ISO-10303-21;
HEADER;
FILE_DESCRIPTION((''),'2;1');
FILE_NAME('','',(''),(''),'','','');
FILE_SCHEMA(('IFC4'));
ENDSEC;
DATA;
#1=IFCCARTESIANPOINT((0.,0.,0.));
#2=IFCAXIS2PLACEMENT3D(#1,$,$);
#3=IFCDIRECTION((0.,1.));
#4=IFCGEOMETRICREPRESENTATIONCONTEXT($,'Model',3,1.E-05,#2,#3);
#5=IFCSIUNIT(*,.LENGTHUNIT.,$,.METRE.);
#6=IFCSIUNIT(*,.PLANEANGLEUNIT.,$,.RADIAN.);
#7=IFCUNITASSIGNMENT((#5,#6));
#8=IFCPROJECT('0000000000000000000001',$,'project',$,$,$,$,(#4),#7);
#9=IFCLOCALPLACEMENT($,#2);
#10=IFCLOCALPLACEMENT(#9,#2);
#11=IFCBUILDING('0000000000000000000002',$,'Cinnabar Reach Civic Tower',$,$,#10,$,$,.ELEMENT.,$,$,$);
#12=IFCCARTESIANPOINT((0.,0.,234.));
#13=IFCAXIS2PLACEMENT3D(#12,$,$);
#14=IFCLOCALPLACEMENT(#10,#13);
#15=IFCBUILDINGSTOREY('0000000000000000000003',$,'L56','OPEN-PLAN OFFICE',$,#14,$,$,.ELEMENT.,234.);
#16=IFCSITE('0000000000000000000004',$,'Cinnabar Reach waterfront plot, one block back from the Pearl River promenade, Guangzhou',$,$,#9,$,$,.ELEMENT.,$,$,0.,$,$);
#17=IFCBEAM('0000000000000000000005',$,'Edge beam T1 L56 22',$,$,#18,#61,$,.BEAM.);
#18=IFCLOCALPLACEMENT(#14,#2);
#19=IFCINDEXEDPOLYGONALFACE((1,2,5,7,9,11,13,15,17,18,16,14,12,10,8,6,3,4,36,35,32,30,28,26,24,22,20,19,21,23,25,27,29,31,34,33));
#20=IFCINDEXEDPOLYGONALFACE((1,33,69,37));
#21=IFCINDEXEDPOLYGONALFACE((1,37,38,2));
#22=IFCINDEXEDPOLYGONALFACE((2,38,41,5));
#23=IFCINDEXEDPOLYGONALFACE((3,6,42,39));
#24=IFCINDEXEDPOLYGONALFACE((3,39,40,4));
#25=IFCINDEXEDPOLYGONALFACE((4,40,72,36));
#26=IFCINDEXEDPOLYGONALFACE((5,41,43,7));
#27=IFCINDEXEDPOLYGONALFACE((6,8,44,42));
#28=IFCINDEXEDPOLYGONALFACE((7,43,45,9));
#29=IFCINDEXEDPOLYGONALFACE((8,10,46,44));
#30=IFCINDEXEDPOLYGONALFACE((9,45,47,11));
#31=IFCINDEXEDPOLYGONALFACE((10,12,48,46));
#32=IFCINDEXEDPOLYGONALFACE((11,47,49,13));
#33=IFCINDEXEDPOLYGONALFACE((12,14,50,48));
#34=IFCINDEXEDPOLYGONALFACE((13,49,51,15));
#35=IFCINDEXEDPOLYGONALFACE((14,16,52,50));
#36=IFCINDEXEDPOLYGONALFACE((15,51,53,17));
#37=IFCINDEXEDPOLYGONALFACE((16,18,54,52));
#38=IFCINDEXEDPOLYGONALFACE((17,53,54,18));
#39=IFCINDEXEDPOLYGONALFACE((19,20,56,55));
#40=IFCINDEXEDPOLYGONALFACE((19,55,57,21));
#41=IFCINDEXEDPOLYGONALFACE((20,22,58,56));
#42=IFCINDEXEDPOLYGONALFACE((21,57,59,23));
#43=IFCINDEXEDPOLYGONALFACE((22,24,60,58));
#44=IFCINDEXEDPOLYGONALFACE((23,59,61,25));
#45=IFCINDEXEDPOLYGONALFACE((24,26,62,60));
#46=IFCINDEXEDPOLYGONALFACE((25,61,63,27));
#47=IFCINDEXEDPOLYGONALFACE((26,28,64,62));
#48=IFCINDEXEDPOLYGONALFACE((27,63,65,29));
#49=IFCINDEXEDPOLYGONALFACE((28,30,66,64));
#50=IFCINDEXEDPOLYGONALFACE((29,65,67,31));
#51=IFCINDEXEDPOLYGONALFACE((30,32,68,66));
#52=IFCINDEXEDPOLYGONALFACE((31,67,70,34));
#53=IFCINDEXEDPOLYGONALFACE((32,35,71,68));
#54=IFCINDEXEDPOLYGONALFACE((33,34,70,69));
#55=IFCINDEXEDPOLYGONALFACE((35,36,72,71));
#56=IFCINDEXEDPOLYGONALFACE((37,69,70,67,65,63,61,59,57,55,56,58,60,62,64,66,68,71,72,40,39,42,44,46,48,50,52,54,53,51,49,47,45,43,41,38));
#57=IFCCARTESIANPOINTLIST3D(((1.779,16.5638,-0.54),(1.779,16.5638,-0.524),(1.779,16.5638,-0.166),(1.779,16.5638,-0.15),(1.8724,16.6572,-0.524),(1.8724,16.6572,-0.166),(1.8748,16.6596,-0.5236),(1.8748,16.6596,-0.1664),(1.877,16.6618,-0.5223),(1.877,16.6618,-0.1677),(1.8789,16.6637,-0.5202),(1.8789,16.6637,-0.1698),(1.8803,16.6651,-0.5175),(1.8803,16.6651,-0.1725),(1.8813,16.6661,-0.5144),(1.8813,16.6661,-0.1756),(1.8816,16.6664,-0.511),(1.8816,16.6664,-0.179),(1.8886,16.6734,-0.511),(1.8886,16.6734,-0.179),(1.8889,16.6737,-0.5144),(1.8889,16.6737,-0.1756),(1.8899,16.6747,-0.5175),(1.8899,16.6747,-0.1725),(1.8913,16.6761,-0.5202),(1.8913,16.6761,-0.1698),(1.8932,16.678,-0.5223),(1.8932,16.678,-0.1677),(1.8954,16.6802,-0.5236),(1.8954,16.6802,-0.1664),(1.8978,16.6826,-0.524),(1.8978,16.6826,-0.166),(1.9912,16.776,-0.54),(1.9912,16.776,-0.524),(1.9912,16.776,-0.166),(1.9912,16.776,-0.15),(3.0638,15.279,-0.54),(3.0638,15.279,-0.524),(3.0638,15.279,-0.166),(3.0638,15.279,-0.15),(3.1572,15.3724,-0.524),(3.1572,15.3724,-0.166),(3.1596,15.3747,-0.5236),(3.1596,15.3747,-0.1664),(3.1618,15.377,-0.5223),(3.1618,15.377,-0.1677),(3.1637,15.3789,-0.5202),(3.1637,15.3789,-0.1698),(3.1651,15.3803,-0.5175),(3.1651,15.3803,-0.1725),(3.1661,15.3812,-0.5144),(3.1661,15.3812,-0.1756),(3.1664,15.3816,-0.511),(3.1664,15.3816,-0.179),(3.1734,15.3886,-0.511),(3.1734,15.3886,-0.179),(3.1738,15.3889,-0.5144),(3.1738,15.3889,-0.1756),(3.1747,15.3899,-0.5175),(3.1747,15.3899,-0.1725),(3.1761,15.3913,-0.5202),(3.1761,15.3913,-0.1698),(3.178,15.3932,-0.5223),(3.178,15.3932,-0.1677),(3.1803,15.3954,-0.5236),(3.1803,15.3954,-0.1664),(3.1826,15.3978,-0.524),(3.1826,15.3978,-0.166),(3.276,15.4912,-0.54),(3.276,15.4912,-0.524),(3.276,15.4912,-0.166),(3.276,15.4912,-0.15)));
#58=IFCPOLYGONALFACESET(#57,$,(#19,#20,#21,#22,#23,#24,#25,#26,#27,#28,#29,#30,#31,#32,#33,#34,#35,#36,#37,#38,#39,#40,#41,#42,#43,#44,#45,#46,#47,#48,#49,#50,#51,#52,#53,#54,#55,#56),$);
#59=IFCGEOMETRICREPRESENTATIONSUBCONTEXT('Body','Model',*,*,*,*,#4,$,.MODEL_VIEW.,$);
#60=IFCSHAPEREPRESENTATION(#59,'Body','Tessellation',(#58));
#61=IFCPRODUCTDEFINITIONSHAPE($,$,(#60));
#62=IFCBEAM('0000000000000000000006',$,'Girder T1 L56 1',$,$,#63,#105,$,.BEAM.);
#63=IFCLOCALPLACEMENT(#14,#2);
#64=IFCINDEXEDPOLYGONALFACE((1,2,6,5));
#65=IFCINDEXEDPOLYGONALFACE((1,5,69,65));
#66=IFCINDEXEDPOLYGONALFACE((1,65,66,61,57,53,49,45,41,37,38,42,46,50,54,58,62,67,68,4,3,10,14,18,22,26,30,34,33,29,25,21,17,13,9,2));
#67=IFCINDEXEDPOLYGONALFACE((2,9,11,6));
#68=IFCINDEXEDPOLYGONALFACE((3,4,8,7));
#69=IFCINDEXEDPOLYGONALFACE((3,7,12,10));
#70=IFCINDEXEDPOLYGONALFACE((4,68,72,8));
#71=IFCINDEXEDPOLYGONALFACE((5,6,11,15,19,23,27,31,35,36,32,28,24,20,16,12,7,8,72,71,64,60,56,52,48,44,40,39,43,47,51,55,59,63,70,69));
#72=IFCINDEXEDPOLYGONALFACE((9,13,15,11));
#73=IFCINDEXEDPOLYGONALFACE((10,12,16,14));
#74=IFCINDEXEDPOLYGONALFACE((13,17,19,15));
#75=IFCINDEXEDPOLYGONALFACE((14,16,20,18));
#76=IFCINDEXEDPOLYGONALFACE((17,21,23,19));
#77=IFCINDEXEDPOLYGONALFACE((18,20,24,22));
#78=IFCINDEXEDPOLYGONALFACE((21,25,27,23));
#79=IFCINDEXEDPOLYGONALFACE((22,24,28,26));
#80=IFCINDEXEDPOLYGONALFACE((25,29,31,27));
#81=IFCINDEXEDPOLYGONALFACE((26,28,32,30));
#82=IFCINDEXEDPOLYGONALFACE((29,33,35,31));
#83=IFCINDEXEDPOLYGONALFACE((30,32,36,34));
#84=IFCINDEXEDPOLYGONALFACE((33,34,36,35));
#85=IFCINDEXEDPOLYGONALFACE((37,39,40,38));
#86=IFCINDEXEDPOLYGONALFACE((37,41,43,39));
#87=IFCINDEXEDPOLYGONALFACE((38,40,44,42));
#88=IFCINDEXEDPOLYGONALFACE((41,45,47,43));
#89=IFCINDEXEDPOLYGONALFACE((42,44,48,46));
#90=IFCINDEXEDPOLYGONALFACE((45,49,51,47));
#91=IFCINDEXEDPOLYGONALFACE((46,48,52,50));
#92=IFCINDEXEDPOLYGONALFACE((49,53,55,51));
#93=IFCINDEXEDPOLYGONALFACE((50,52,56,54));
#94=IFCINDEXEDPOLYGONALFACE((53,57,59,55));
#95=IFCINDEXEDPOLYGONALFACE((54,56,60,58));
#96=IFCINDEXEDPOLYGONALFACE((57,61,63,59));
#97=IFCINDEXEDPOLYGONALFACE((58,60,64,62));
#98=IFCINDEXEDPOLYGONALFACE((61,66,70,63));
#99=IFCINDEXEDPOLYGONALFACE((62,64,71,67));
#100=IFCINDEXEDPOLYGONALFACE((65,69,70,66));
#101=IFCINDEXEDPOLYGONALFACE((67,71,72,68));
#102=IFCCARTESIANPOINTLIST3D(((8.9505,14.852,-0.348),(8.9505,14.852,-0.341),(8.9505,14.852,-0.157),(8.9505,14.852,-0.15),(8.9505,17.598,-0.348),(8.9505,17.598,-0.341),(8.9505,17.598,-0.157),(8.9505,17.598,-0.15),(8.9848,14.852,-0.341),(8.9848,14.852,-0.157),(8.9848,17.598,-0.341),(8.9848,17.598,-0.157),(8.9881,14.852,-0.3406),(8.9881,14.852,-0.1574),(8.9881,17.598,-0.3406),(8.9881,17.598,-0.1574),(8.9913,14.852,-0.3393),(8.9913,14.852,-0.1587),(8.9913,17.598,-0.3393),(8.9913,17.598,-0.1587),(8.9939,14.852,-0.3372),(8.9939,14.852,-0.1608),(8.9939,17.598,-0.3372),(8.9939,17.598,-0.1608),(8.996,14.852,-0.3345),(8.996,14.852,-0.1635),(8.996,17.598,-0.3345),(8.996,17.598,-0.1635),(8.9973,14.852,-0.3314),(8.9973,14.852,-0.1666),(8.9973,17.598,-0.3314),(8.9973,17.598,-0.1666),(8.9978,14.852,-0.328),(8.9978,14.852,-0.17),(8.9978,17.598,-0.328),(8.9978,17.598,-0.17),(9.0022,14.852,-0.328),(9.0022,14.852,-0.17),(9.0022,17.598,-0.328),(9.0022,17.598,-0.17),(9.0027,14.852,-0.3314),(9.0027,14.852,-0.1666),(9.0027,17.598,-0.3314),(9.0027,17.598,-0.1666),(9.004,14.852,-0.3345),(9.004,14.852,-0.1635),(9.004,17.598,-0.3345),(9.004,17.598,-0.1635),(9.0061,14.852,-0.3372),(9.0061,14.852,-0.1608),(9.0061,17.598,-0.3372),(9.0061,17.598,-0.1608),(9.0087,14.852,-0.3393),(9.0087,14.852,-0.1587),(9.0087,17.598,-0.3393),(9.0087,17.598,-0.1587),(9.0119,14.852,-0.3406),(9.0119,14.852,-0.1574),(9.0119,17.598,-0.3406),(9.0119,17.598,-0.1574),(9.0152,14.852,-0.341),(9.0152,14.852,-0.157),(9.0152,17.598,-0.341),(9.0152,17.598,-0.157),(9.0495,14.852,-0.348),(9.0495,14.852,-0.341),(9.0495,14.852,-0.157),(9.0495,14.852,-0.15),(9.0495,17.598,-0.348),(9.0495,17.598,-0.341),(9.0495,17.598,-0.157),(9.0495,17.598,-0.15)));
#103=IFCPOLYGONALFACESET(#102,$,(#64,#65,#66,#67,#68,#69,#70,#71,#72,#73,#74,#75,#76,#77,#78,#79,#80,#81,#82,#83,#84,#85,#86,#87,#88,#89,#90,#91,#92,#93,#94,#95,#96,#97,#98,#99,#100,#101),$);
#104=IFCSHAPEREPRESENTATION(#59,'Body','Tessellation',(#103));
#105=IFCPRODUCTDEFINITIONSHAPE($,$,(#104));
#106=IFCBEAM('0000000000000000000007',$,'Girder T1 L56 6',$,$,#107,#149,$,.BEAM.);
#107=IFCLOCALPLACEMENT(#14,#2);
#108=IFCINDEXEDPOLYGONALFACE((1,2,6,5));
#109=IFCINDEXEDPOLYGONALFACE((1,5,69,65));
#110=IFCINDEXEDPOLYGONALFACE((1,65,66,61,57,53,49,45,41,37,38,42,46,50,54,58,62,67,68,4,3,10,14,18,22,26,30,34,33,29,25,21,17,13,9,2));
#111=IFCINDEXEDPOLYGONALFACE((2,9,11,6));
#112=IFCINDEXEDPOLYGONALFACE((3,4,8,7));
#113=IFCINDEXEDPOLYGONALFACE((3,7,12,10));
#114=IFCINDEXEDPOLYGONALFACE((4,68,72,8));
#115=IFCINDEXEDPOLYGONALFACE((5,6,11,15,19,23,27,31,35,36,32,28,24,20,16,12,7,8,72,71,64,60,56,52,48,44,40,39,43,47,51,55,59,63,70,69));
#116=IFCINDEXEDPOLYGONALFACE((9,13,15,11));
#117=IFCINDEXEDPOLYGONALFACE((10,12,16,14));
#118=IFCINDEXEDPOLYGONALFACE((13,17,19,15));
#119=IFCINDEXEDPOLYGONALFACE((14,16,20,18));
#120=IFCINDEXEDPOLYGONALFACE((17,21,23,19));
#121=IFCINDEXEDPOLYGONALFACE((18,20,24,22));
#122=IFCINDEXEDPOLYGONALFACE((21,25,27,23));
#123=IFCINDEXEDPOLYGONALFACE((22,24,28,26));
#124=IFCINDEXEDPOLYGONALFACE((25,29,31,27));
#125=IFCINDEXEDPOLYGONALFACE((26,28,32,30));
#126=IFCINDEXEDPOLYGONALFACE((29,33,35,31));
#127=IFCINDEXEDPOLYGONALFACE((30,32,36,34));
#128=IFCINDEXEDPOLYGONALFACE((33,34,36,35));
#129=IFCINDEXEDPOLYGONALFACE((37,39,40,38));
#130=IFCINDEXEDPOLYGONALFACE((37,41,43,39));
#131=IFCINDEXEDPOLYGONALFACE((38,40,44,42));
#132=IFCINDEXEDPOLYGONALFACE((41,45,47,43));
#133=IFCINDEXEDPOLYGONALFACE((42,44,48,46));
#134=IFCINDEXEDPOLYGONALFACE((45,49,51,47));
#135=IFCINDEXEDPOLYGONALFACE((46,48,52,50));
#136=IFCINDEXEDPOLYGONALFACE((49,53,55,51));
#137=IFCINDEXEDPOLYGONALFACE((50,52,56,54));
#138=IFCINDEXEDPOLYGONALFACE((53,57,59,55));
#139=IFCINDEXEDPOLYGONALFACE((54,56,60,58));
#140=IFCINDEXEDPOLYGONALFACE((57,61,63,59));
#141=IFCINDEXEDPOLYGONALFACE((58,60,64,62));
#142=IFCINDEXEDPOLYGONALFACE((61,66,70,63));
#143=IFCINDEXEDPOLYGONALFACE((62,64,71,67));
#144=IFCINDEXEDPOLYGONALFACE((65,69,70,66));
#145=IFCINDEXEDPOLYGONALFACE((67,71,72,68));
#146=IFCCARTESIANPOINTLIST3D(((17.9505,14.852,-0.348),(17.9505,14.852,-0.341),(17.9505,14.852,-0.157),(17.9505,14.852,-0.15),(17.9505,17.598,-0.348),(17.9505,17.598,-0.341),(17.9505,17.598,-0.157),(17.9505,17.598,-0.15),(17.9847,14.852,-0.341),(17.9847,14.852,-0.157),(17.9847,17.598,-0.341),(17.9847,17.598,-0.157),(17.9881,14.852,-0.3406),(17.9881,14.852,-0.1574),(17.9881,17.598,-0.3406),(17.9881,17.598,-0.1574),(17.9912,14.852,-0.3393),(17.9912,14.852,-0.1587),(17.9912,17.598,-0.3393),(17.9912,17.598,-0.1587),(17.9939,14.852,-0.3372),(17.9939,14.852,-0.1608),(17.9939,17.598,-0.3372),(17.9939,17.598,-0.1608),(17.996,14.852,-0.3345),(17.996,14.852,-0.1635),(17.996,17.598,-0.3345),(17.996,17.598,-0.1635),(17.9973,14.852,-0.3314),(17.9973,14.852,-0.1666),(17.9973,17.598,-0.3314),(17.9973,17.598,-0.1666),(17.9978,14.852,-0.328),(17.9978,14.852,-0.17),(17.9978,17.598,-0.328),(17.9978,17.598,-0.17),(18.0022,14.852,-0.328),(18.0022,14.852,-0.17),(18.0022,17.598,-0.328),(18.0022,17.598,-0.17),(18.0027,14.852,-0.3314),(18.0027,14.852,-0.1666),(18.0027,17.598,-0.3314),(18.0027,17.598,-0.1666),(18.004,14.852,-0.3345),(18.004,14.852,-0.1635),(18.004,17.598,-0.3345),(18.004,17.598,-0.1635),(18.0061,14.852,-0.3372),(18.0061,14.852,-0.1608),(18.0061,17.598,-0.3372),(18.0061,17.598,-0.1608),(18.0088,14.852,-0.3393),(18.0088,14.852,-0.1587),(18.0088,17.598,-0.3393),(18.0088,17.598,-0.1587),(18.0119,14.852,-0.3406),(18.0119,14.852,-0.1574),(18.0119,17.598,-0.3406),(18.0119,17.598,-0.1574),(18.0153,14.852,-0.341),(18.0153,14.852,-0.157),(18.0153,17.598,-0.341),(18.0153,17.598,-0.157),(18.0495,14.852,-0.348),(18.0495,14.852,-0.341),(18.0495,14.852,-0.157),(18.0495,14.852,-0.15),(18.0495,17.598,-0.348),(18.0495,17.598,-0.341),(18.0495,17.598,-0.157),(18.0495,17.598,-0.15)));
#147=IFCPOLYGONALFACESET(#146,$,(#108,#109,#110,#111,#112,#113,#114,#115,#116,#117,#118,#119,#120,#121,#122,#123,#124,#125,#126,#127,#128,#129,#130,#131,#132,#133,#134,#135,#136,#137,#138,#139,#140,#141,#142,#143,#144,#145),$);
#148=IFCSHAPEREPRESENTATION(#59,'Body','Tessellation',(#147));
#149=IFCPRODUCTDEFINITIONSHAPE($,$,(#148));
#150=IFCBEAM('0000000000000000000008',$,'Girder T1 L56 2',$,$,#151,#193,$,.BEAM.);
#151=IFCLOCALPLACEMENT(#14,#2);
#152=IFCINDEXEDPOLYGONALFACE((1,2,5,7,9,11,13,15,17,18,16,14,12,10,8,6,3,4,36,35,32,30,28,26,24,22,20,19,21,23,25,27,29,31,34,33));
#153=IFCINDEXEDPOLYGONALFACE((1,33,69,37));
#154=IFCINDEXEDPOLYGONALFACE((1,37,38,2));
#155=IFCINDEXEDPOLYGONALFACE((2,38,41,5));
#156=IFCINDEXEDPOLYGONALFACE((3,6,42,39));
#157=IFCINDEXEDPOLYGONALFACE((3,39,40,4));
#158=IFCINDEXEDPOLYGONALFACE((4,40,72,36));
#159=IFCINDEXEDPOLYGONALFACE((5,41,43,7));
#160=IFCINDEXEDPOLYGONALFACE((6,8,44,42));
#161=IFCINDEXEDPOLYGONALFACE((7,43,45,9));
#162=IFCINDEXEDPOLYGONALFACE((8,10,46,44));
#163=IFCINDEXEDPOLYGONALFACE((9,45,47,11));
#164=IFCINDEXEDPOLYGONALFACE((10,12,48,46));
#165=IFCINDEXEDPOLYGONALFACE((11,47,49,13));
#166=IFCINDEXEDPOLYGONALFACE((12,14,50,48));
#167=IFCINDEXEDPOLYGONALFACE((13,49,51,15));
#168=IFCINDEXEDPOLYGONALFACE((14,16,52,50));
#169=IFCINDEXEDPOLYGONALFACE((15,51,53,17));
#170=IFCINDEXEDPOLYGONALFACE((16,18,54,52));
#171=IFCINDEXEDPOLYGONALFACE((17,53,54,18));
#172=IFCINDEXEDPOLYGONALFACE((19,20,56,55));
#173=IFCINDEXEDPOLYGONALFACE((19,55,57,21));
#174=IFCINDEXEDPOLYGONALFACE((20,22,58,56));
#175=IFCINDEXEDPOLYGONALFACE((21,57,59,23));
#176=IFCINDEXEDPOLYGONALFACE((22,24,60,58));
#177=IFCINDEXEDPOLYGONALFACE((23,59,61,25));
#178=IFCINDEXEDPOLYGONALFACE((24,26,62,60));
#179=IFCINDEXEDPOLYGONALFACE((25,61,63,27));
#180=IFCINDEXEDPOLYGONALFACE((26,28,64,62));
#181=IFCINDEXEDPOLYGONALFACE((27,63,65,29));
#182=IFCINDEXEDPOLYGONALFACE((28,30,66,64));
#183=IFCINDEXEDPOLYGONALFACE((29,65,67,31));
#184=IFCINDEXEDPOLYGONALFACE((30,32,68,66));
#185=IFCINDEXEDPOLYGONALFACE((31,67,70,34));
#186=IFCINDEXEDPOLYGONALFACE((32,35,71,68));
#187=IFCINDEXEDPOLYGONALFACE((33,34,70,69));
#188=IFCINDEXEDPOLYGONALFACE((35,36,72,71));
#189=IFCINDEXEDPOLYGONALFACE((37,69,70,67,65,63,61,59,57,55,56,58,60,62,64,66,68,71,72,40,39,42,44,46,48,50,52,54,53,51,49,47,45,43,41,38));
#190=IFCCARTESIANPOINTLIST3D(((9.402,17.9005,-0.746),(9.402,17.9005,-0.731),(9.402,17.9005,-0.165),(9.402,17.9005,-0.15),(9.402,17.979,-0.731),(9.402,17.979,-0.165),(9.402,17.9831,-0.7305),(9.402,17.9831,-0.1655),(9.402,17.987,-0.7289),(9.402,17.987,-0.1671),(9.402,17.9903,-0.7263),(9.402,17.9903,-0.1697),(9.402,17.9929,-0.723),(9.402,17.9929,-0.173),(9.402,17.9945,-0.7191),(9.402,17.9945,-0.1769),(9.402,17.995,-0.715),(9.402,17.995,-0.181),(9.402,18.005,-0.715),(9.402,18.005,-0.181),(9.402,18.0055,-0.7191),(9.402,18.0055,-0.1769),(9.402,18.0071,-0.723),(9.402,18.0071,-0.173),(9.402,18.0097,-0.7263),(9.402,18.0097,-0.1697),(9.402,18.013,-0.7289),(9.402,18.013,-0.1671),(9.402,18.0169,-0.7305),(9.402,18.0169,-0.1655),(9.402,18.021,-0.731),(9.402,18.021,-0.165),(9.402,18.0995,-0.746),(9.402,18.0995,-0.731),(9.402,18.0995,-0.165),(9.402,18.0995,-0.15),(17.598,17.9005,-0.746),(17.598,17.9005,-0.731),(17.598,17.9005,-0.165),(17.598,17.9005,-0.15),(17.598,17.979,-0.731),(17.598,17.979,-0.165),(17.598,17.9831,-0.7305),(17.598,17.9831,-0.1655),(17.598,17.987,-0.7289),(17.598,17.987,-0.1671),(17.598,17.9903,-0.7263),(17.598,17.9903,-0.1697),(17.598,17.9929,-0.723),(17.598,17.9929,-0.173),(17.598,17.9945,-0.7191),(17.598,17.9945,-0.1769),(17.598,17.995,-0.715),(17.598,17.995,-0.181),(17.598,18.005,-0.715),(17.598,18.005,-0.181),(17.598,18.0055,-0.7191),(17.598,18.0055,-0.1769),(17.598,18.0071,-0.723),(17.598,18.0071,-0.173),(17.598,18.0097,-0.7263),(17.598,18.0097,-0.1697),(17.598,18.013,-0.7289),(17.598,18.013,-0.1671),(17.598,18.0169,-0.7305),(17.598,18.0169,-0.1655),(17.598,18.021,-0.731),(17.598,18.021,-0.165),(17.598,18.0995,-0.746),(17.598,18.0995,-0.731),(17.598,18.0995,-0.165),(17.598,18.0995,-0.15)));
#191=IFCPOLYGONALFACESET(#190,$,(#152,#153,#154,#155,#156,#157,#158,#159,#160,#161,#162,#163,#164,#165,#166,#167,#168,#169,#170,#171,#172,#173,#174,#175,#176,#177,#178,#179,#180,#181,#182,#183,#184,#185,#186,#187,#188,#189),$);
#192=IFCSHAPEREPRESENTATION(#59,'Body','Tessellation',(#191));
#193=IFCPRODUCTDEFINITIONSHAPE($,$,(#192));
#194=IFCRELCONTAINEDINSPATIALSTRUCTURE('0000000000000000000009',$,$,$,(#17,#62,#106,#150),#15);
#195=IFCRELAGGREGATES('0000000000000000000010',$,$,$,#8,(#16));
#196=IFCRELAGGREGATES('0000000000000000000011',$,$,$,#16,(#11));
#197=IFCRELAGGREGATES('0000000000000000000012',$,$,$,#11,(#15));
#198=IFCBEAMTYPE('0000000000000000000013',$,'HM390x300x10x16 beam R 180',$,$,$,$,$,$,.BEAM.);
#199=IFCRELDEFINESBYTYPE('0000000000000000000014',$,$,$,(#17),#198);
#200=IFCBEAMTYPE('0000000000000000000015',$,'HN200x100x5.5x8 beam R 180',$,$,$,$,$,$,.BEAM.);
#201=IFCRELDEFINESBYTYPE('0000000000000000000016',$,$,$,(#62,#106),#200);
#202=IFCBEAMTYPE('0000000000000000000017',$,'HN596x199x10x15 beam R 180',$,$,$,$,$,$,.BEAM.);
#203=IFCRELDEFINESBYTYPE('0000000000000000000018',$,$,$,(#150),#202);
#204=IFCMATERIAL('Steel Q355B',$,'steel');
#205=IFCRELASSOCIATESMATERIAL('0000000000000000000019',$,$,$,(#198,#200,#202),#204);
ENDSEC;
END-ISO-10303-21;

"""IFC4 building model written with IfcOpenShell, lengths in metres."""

from ifc_helpers import new_model, si_unit, direction, frame, origin, origin_2d, place, context, subcontext, project, spatial, i_section, extrude, material, material_profile, profile_set, type_object, element, save


model = new_model("IFC4")

# Units and contexts
model_context = context("Model", 3, precision=1e-05, world=origin(), true_north=direction((0.0, 1.0)))
body_context = subcontext(model_context, "Body", "Model", "MODEL_VIEW")
ifc_project = project(units=[si_unit("LENGTHUNIT", "METRE"), si_unit("PLANEANGLEUNIT", "RADIAN")], contexts=[model_context])

# Site, building, storey
site_placement = place(None, origin())
site = spatial("IfcSite", under=ifc_project, at=site_placement, Name="Cinnabar Reach waterfront plot, one block back from the Pearl River promenade, Guangzhou", CompositionType="ELEMENT", RefElevation=0.0)
building_placement = place(site_placement, origin())
building = spatial("IfcBuilding", under=site, at=building_placement, Name="Cinnabar Reach Civic Tower", CompositionType="ELEMENT")
storey_placement = place(building_placement, frame((0.0, 0.0, 234.0)))
storey = spatial("IfcBuildingStorey", under=building, at=storey_placement, Name="L56", Description="OPEN-PLAN OFFICE", CompositionType="ELEMENT", Elevation=234.0)

# Beams
ifc_material_1 = material(Name="Steel Q355B", Category="steel")
ifc_material_profile_1 = material_profile(ifc_material_1, i_section(OverallWidth=0.3, OverallDepth=0.39, WebThickness=0.01, FlangeThickness=0.016, FilletRadius=0.013, at=origin_2d()), Name="HM390x300x10x16")
ifc_profile_set_1 = profile_set([ifc_material_profile_1], Name="Steel Q355B")
beam_type_1 = type_object("IfcBeamType", Name="HM390x300x10x16 beam R 180", PredefinedType="BEAM", material=ifc_profile_set_1)
beam_1_placement = place(storey_placement, frame((1.8851, 16.6699, -0.345), z_axis=(0.707107, -0.707107, 0.0), x_axis=(0.707107, 0.707107, 0.0)))
element("IfcBeam", 1, at=beam_1_placement, inside=storey, type_object=beam_type_1, Name="Edge beam T1 L56 22", PredefinedType="BEAM", context=body_context, shape_type="SweptSolid", body=[
    extrude(i_section(OverallWidth=0.3, OverallDepth=0.39, WebThickness=0.01, FlangeThickness=0.016, FilletRadius=0.013, at=origin_2d()), origin(), (0.0, 0.0, 1.0), 1.817),
])
ifc_material_profile_2 = material_profile(ifc_material_1, i_section(OverallWidth=0.099, OverallDepth=0.198, WebThickness=0.0045, FlangeThickness=0.007, FilletRadius=0.013, at=origin_2d()), Name="HN200x100x5.5x8")
ifc_profile_set_2 = profile_set([ifc_material_profile_2], Name="Steel Q355B")
beam_type_2 = type_object("IfcBeamType", Name="HN200x100x5.5x8 beam R 180", PredefinedType="BEAM", material=ifc_profile_set_2)
for number, where, z_axis, x_axis, name in (
    (2, (9.0, 14.852, -0.249), (0.0, 1.0, 0.0), (-1.0, 0.0, 0.0), "Girder T1 L56 1"),
    (3, (18.0, 14.852, -0.249), (0.0, 1.0, 0.0), (-1.0, 0.0, 0.0), "Girder T1 L56 6"),
):
    element("IfcBeam", number, at=place(storey_placement, frame(where, z_axis=z_axis, x_axis=x_axis)), inside=storey, type_object=beam_type_2, Name=name, PredefinedType="BEAM", context=body_context, shape_type="SweptSolid", body=[
        extrude(i_section(OverallWidth=0.099, OverallDepth=0.198, WebThickness=0.0045, FlangeThickness=0.007, FilletRadius=0.013, at=origin_2d()), origin(), (0.0, 0.0, 1.0), 2.746),
    ])
ifc_material_profile_3 = material_profile(ifc_material_1, i_section(OverallWidth=0.199, OverallDepth=0.596, WebThickness=0.01, FlangeThickness=0.015, FilletRadius=0.016, at=origin_2d()), Name="HN596x199x10x15")
ifc_profile_set_3 = profile_set([ifc_material_profile_3], Name="Steel Q355B")
beam_type_3 = type_object("IfcBeamType", Name="HN596x199x10x15 beam R 180", PredefinedType="BEAM", material=ifc_profile_set_3)
beam_2_placement = place(storey_placement, frame((9.402, 18.0, -0.448), z_axis=(1.0, 0.0, 0.0), x_axis=(0.0, 1.0, 0.0)))
element("IfcBeam", 4, at=beam_2_placement, inside=storey, type_object=beam_type_3, Name="Girder T1 L56 2", PredefinedType="BEAM", context=body_context, shape_type="SweptSolid", body=[
    extrude(i_section(OverallWidth=0.199, OverallDepth=0.596, WebThickness=0.01, FlangeThickness=0.015, FilletRadius=0.016, at=origin_2d()), origin(), (0.0, 0.0, 1.0), 8.196),
])

save(model, "model.ifc")
